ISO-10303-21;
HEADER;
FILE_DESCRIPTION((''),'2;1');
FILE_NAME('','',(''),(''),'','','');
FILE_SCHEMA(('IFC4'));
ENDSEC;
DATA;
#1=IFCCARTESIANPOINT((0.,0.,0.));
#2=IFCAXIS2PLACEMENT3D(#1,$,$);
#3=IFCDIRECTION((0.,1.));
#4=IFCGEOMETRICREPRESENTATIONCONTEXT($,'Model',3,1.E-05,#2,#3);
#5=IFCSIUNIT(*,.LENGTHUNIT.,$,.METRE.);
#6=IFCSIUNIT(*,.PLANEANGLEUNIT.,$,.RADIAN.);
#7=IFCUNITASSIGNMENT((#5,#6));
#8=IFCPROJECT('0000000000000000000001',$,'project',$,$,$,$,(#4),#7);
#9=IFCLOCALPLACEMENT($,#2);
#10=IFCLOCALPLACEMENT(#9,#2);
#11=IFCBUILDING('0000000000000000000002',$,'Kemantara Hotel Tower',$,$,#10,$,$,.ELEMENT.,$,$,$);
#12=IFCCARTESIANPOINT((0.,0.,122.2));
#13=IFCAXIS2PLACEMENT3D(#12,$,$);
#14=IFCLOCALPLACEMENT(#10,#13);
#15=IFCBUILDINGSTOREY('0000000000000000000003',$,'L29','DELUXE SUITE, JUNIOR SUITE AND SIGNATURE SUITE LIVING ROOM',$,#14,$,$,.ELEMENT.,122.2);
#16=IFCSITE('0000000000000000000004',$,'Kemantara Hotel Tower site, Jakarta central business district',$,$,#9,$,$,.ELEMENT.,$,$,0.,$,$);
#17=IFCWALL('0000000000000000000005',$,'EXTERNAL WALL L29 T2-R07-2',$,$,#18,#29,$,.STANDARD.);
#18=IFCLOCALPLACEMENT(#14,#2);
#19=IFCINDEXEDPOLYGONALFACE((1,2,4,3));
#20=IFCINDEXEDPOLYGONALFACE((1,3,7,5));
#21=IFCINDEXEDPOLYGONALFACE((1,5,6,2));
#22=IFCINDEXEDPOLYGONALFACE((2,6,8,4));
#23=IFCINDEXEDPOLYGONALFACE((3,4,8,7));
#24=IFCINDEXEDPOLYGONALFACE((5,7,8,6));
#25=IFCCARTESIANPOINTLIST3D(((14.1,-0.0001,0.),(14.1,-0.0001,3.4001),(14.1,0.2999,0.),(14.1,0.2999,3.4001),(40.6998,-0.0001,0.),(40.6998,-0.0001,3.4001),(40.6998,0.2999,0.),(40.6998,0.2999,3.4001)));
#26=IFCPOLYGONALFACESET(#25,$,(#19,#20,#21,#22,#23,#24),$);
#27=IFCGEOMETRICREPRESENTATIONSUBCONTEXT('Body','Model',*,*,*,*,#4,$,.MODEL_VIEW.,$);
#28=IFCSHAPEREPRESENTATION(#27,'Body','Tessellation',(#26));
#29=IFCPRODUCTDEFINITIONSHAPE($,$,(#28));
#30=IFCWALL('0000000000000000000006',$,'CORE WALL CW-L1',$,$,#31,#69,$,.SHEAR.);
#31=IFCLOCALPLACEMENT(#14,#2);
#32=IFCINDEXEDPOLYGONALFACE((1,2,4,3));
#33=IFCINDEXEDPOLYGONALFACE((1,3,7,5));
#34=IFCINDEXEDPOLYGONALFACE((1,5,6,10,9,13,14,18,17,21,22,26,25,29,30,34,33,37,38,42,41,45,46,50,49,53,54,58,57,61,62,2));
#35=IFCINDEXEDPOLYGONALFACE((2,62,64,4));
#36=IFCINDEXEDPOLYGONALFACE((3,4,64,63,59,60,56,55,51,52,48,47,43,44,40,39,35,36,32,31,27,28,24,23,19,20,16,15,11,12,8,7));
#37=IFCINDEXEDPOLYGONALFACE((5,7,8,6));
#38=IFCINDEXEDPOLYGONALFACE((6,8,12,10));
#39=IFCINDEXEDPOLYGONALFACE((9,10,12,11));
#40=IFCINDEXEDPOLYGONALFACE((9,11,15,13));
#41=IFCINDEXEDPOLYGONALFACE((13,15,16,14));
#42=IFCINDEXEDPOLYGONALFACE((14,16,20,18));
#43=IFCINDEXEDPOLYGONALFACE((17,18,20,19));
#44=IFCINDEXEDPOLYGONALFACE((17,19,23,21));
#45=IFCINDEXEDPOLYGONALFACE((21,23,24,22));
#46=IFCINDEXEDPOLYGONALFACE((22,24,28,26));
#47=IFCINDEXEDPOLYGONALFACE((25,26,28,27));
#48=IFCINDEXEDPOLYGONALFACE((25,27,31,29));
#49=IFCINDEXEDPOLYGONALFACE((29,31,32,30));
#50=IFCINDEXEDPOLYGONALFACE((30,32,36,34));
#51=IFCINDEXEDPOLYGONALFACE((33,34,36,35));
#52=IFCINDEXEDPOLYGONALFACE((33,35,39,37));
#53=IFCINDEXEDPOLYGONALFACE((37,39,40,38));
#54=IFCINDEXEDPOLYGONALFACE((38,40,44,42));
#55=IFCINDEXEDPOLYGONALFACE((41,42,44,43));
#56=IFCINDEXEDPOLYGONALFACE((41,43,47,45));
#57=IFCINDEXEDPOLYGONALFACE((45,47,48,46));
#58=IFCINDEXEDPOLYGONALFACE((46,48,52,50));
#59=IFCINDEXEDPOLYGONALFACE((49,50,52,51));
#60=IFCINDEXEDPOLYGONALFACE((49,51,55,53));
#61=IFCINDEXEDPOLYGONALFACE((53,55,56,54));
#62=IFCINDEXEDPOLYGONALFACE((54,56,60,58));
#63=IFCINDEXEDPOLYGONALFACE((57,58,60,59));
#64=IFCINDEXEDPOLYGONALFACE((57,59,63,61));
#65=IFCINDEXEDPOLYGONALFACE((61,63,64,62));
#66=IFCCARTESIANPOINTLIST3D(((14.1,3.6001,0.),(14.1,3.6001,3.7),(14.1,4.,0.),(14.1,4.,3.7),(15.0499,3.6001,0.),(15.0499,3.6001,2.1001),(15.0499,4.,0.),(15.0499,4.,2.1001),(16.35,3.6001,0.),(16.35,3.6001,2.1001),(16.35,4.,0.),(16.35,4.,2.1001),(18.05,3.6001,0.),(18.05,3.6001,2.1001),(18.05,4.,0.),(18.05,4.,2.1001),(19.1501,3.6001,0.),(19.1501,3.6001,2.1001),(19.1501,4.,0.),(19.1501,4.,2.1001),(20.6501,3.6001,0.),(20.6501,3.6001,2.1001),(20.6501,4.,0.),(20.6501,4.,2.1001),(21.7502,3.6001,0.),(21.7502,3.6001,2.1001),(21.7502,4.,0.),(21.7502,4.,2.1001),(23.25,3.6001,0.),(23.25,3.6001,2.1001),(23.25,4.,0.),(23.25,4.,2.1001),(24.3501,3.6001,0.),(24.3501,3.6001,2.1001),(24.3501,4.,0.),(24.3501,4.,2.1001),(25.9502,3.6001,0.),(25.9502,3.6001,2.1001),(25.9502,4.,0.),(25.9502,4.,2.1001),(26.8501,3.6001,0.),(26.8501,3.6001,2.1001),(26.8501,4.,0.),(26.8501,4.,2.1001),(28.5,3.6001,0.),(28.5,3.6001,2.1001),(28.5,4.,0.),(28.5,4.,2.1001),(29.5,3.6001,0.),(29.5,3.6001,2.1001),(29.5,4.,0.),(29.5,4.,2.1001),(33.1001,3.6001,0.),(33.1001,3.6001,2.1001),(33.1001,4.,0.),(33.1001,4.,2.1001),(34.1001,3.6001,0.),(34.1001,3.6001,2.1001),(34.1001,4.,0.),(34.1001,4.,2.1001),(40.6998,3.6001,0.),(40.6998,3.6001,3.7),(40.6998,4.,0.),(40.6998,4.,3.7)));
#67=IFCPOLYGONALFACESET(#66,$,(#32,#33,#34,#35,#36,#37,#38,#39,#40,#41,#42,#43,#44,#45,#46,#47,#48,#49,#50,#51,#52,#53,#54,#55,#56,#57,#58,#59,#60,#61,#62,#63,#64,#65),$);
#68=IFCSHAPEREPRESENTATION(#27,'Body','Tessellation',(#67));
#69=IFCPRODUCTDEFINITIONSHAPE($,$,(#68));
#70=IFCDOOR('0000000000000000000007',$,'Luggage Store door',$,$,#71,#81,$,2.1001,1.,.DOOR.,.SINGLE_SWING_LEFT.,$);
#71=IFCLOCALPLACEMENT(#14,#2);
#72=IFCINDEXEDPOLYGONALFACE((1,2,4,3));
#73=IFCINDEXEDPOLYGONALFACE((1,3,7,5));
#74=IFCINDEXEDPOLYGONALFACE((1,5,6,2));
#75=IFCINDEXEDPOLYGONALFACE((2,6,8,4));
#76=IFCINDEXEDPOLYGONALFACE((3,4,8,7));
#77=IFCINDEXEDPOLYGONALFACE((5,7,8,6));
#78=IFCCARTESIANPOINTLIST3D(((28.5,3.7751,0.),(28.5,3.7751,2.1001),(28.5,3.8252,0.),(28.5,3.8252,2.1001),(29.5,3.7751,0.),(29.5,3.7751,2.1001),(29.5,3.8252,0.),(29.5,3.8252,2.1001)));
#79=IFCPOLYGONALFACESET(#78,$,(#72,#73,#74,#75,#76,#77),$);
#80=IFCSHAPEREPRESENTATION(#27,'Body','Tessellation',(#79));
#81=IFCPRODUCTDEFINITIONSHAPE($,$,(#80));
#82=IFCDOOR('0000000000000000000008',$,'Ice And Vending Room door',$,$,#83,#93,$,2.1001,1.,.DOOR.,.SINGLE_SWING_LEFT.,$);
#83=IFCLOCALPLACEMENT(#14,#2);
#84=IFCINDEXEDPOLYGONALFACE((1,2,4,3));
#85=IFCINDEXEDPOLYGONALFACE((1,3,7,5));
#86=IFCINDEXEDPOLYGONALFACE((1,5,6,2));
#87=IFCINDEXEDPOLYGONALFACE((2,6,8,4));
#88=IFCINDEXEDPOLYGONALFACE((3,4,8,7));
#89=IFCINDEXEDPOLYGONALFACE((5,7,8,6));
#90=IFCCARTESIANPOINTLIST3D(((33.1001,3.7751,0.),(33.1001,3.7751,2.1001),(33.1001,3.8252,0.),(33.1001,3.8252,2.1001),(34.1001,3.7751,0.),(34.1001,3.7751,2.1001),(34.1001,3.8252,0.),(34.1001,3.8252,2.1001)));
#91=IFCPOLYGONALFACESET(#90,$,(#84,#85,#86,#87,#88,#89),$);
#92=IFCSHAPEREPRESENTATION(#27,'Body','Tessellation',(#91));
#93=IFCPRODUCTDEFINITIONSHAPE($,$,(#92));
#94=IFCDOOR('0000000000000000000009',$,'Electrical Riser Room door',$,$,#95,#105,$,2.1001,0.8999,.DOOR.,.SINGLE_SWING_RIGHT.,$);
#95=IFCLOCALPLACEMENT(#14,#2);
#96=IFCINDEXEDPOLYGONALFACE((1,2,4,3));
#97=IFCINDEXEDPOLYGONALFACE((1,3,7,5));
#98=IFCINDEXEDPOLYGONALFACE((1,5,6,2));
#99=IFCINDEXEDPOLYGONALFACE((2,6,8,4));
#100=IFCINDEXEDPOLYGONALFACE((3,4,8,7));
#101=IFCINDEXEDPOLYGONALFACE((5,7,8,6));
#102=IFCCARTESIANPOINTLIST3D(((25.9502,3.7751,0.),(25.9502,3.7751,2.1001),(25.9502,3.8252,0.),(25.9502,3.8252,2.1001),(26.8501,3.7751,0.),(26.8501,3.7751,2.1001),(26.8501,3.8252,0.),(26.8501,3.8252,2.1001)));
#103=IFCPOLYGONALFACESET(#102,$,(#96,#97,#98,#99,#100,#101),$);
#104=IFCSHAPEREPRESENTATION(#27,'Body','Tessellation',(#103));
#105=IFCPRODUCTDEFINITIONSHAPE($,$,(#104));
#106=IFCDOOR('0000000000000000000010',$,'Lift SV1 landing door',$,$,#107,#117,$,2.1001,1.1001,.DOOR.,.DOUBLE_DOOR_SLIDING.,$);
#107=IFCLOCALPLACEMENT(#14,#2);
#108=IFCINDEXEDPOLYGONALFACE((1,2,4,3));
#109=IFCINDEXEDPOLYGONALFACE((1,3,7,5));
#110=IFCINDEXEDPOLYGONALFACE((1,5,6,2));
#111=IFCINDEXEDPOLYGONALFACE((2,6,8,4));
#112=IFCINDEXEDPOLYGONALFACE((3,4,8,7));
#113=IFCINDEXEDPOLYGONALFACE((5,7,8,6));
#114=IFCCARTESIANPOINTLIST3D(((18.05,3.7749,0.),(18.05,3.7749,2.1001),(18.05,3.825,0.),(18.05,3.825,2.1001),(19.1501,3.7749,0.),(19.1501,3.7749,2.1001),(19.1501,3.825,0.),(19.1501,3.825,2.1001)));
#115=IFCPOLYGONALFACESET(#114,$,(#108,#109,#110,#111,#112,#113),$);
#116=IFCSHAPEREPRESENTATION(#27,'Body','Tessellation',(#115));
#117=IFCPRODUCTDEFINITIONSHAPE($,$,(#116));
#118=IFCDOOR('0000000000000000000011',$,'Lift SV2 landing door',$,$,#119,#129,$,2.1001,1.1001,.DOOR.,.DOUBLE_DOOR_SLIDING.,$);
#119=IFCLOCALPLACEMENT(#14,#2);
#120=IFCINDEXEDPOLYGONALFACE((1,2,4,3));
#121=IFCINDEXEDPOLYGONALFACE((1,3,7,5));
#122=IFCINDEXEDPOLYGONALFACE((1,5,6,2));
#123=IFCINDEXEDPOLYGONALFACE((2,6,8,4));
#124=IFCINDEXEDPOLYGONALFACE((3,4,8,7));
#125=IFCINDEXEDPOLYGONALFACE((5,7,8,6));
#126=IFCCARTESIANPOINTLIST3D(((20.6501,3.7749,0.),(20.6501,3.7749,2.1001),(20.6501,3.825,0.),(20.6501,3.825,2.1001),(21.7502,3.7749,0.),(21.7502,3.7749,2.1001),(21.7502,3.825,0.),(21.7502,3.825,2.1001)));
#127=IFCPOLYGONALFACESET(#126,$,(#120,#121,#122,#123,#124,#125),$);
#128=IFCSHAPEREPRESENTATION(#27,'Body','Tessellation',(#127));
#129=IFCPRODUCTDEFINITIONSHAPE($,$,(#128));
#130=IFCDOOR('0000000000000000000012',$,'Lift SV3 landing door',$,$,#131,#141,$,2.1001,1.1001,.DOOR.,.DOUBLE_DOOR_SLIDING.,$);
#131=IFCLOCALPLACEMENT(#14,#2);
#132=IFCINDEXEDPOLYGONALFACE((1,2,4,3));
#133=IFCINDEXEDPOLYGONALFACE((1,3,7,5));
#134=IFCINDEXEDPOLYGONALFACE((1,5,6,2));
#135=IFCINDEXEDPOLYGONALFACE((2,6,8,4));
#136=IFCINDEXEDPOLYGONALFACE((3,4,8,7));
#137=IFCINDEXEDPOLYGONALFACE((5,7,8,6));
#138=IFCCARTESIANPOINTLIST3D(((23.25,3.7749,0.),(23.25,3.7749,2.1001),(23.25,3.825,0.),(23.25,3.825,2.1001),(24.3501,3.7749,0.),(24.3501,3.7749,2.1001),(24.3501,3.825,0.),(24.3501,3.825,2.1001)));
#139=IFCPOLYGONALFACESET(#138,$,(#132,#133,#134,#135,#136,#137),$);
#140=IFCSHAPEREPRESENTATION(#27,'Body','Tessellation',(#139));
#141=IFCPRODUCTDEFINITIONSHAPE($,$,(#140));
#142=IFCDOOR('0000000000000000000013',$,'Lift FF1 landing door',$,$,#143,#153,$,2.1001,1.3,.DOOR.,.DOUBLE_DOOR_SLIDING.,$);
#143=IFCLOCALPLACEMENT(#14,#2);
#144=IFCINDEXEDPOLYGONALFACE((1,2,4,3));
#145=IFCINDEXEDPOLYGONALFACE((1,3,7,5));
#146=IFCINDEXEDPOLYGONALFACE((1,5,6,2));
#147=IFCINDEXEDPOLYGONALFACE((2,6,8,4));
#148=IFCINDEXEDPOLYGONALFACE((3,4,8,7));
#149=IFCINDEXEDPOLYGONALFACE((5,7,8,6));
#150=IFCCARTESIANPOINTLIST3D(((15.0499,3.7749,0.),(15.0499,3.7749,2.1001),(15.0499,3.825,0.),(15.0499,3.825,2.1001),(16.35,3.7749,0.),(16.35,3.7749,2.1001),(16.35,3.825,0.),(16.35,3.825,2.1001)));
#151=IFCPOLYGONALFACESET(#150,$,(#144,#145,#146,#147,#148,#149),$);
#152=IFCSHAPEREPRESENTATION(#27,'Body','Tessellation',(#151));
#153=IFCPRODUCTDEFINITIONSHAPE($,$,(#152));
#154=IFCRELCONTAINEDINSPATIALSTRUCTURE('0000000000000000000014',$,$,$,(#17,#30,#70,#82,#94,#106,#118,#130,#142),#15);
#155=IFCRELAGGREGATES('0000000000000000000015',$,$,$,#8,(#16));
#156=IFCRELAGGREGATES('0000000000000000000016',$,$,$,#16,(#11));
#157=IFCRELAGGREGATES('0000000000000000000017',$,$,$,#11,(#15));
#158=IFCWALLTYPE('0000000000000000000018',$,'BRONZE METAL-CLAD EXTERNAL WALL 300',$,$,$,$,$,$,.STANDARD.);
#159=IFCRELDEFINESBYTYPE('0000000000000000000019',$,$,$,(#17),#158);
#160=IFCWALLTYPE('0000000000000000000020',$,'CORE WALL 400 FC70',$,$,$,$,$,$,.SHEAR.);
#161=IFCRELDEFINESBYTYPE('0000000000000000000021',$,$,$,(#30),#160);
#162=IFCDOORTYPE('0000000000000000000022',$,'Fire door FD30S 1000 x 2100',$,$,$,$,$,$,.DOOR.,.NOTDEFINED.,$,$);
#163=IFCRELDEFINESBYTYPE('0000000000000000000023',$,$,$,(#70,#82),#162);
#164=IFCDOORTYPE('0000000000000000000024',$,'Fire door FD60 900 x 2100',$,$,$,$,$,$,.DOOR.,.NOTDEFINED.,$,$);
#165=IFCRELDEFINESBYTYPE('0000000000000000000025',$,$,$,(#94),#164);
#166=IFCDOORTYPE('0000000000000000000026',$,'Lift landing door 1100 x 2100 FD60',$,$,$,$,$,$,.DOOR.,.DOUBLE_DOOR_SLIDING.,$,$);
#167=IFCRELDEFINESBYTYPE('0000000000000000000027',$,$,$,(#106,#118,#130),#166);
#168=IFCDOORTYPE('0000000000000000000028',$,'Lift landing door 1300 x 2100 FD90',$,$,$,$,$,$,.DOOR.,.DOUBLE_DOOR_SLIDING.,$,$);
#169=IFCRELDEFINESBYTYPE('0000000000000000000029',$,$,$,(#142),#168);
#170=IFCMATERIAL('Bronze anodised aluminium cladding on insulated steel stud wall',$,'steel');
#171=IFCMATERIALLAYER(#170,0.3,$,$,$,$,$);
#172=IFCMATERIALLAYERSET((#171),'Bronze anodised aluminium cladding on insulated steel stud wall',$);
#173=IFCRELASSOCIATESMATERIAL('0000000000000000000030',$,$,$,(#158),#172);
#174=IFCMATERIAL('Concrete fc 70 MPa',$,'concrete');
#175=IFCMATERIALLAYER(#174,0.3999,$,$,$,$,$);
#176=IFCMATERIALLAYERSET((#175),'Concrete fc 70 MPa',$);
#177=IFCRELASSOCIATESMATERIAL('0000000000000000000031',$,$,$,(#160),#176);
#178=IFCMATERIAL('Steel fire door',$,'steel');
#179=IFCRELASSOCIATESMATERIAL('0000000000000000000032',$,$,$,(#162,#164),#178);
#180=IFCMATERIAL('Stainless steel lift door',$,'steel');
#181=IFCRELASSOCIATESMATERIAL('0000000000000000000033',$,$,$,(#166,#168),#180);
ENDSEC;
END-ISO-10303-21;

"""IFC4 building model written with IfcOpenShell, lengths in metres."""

from ifc_helpers import new_model, si_unit, direction, frame, frame_2d, origin, place, context, subcontext, project, spatial, rectangle, extrude, material, layer, layer_set, type_object, element, fill, save


model = new_model("IFC4")

# Units and contexts
model_context = context("Model", 3, precision=1e-05, world=origin(), true_north=direction((0.0, 1.0)))
body_context = subcontext(model_context, "Body", "Model", "MODEL_VIEW")
ifc_project = project(units=[si_unit("LENGTHUNIT", "METRE"), si_unit("PLANEANGLEUNIT", "RADIAN")], contexts=[model_context])

# Site, building, storey
site_placement = place(None, origin())
site = spatial("IfcSite", under=ifc_project, at=site_placement, Name="Kemantara Hotel Tower site, Jakarta central business district", CompositionType="ELEMENT", RefElevation=0.0)
building_placement = place(site_placement, origin())
building = spatial("IfcBuilding", under=site, at=building_placement, Name="Kemantara Hotel Tower", CompositionType="ELEMENT")
storey_placement = place(building_placement, frame((0.0, 0.0, 122.2)))
storey = spatial("IfcBuildingStorey", under=building, at=storey_placement, Name="L29", Description="DELUXE SUITE, JUNIOR SUITE AND SIGNATURE SUITE LIVING ROOM", CompositionType="ELEMENT", Elevation=122.2)

# Wall
ifc_material_1 = material(Name="Bronze anodised aluminium cladding on insulated steel stud wall", Category="steel")
ifc_layer_1 = layer(ifc_material_1, 0.3)
ifc_layer_set_1 = layer_set([ifc_layer_1], Name="Bronze anodised aluminium cladding on insulated steel stud wall")
wall_type_1 = type_object("IfcWallType", Name="BRONZE METAL-CLAD EXTERNAL WALL 300", PredefinedType="STANDARD", material=ifc_layer_set_1)
wall_1_placement = place(storey_placement, frame((14.1001, 0.1499, 0.0), z_axis=(0.0, 0.0, 1.0), x_axis=(1.0, 0.0, 0.0)))
element("IfcWall", 1, at=wall_1_placement, inside=storey, type_object=wall_type_1, Name="EXTERNAL WALL L29 T2-R07-2", PredefinedType="STANDARD", context=body_context, shape_type="SweptSolid", body=[
    extrude(rectangle(XDim=26.5999, YDim=0.3, at=frame_2d((13.2998, 0.0))), origin(), (0.0, 0.0, 1.0), 3.4001),
])

# Wall, openings, doors
ifc_material_2 = material(Name="Concrete fc 70 MPa", Category="concrete")
ifc_layer_2 = layer(ifc_material_2, 0.3999)
ifc_layer_set_2 = layer_set([ifc_layer_2], Name="Concrete fc 70 MPa")
wall_type_2 = type_object("IfcWallType", Name="CORE WALL 400 FC70", PredefinedType="SHEAR", material=ifc_layer_set_2)
wall_2_placement = place(storey_placement, frame((14.1001, 3.8, 0.0), z_axis=(0.0, 0.0, 1.0), x_axis=(1.0, 0.0, 0.0)))
wall_2 = element("IfcWall", 2, at=wall_2_placement, inside=storey, type_object=wall_type_2, Name="CORE WALL CW-L1", PredefinedType="SHEAR", context=body_context, shape_type="SweptSolid", body=[
    extrude(rectangle(XDim=26.5999, YDim=0.3999, at=frame_2d((13.2998, 0.0))), origin(), (0.0, 0.0, 1.0), 3.7),
])
opening_1_placement = place(wall_2_placement, frame((0.95, 0.0, 0.0)))
opening_1 = element("IfcOpeningElement", 3, at=opening_1_placement, cuts=wall_2, PredefinedType="OPENING", context=body_context, shape_type="SweptSolid", body=[
    extrude(rectangle(XDim=1.3, YDim=2.1001, at=frame_2d((0.6499, 1.05))), frame((0.0, 0.21, 0.0), z_axis=(0.0, -1.0, 0.0), x_axis=(1.0, 0.0, 0.0)), (0.0, 0.0, 1.0), 0.4199),
])
opening_2_placement = place(wall_2_placement, frame((3.95, 0.0, 0.0)))
opening_2 = element("IfcOpeningElement", 4, at=opening_2_placement, cuts=wall_2, PredefinedType="OPENING", context=body_context, shape_type="SweptSolid", body=[
    extrude(rectangle(XDim=1.1001, YDim=2.1001, at=frame_2d((0.55, 1.05))), frame((0.0, 0.21, 0.0), z_axis=(0.0, -1.0, 0.0), x_axis=(1.0, 0.0, 0.0)), (0.0, 0.0, 1.0), 0.4199),
])
opening_3_placement = place(wall_2_placement, frame((6.55, 0.0, 0.0)))
opening_3 = element("IfcOpeningElement", 5, at=opening_3_placement, cuts=wall_2, PredefinedType="OPENING", context=body_context, shape_type="SweptSolid", body=[
    extrude(rectangle(XDim=1.1001, YDim=2.1001, at=frame_2d((0.55, 1.05))), frame((0.0, 0.21, 0.0), z_axis=(0.0, -1.0, 0.0), x_axis=(1.0, 0.0, 0.0)), (0.0, 0.0, 1.0), 0.4199),
])
opening_4_placement = place(wall_2_placement, frame((9.1499, 0.0, 0.0)))
opening_4 = element("IfcOpeningElement", 6, at=opening_4_placement, cuts=wall_2, PredefinedType="OPENING", context=body_context, shape_type="SweptSolid", body=[
    extrude(rectangle(XDim=1.1001, YDim=2.1001, at=frame_2d((0.55, 1.05))), frame((0.0, 0.21, 0.0), z_axis=(0.0, -1.0, 0.0), x_axis=(1.0, 0.0, 0.0)), (0.0, 0.0, 1.0), 0.4199),
])
opening_5_placement = place(wall_2_placement, frame((11.8501, 0.0, 0.0)))
opening_5 = element("IfcOpeningElement", 7, at=opening_5_placement, cuts=wall_2, PredefinedType="OPENING", context=body_context, shape_type="SweptSolid", body=[
    extrude(rectangle(XDim=0.8999, YDim=2.1001, at=frame_2d((0.45, 1.05))), frame((0.0, 0.21, 0.0), z_axis=(0.0, -1.0, 0.0), x_axis=(1.0, 0.0, 0.0)), (0.0, 0.0, 1.0), 0.4199),
])
opening_6_placement = place(wall_2_placement, frame((14.3999, 0.0, 0.0)))
opening_6 = element("IfcOpeningElement", 8, at=opening_6_placement, cuts=wall_2, PredefinedType="OPENING", context=body_context, shape_type="SweptSolid", body=[
    extrude(rectangle(XDim=1.0, YDim=2.1001, at=frame_2d((0.5, 1.05))), frame((0.0, 0.21, 0.0), z_axis=(0.0, -1.0, 0.0), x_axis=(1.0, 0.0, 0.0)), (0.0, 0.0, 1.0), 0.4199),
])
opening_7_placement = place(wall_2_placement, frame((19.0, 0.0, 0.0)))
opening_7 = element("IfcOpeningElement", 9, at=opening_7_placement, cuts=wall_2, PredefinedType="OPENING", context=body_context, shape_type="SweptSolid", body=[
    extrude(rectangle(XDim=1.0, YDim=2.1001, at=frame_2d((0.5, 1.05))), frame((0.0, 0.21, 0.0), z_axis=(0.0, -1.0, 0.0), x_axis=(1.0, 0.0, 0.0)), (0.0, 0.0, 1.0), 0.4199),
])
ifc_material_3 = material(Name="Steel fire door", Category="steel")
door_type_1 = type_object("IfcDoorType", Name="Fire door FD30S 1000 x 2100", OperationType="NOTDEFINED", PredefinedType="DOOR", material=ifc_material_3)
door_1_placement = place(opening_6_placement, frame((1.0, 0.0, 0.0), z_axis=(0.0, 0.0, 1.0), x_axis=(-1.0, 0.0, 0.0)))
door_1 = element("IfcDoor", 10, at=door_1_placement, inside=storey, type_object=door_type_1, Name="Luggage Store door", OperationType="SINGLE_SWING_LEFT", OverallHeight=2.1001, OverallWidth=1.0, PredefinedType="DOOR", context=body_context, shape_type="SweptSolid", body=[
    extrude(rectangle(XDim=1.0, YDim=2.1001, at=frame_2d((0.5, 1.05))), frame((0.0, 0.0249, 0.0), z_axis=(0.0, -1.0, 0.0), x_axis=(1.0, 0.0, 0.0)), (0.0, 0.0, 1.0), 0.05),
])
fill(opening_6, door_1)
door_2_placement = place(opening_7_placement, frame((1.0, 0.0, 0.0), z_axis=(0.0, 0.0, 1.0), x_axis=(-1.0, 0.0, 0.0)))
door_2 = element("IfcDoor", 11, at=door_2_placement, inside=storey, type_object=door_type_1, Name="Ice And Vending Room door", OperationType="SINGLE_SWING_LEFT", OverallHeight=2.1001, OverallWidth=1.0, PredefinedType="DOOR", context=body_context, shape_type="SweptSolid", body=[
    extrude(rectangle(XDim=1.0, YDim=2.1001, at=frame_2d((0.5, 1.05))), frame((0.0, 0.0249, 0.0), z_axis=(0.0, -1.0, 0.0), x_axis=(1.0, 0.0, 0.0)), (0.0, 0.0, 1.0), 0.05),
])
fill(opening_7, door_2)
door_type_2 = type_object("IfcDoorType", Name="Fire door FD60 900 x 2100", OperationType="NOTDEFINED", PredefinedType="DOOR", material=ifc_material_3)
door_3_placement = place(opening_5_placement, frame((0.8999, 0.0, 0.0), z_axis=(0.0, 0.0, 1.0), x_axis=(-1.0, 0.0, 0.0)))
door_3 = element("IfcDoor", 12, at=door_3_placement, inside=storey, type_object=door_type_2, Name="Electrical Riser Room door", OperationType="SINGLE_SWING_RIGHT", OverallHeight=2.1001, OverallWidth=0.8999, PredefinedType="DOOR", context=body_context, shape_type="SweptSolid", body=[
    extrude(rectangle(XDim=0.8999, YDim=2.1001, at=frame_2d((0.45, 1.05))), frame((0.0, 0.0249, 0.0), z_axis=(0.0, -1.0, 0.0), x_axis=(1.0, 0.0, 0.0)), (0.0, 0.0, 1.0), 0.05),
])
fill(opening_5, door_3)
ifc_material_4 = material(Name="Stainless steel lift door", Category="steel")
door_type_3 = type_object("IfcDoorType", Name="Lift landing door 1100 x 2100 FD60", OperationType="DOUBLE_DOOR_SLIDING", PredefinedType="DOOR", material=ifc_material_4)
door_4_placement = place(opening_2_placement, origin())
door_4 = element("IfcDoor", 13, at=door_4_placement, inside=storey, type_object=door_type_3, Name="Lift SV1 landing door", OperationType="DOUBLE_DOOR_SLIDING", OverallHeight=2.1001, OverallWidth=1.1001, PredefinedType="DOOR", context=body_context, shape_type="SweptSolid", body=[
    extrude(rectangle(XDim=1.1001, YDim=2.1001, at=frame_2d((0.55, 1.05))), frame((0.0, 0.0249, 0.0), z_axis=(0.0, -1.0, 0.0), x_axis=(1.0, 0.0, 0.0)), (0.0, 0.0, 1.0), 0.05),
])
fill(opening_2, door_4)
door_5_placement = place(opening_3_placement, origin())
door_5 = element("IfcDoor", 14, at=door_5_placement, inside=storey, type_object=door_type_3, Name="Lift SV2 landing door", OperationType="DOUBLE_DOOR_SLIDING", OverallHeight=2.1001, OverallWidth=1.1001, PredefinedType="DOOR", context=body_context, shape_type="SweptSolid", body=[
    extrude(rectangle(XDim=1.1001, YDim=2.1001, at=frame_2d((0.55, 1.05))), frame((0.0, 0.0249, 0.0), z_axis=(0.0, -1.0, 0.0), x_axis=(1.0, 0.0, 0.0)), (0.0, 0.0, 1.0), 0.05),
])
fill(opening_3, door_5)
door_6_placement = place(opening_4_placement, origin())
door_6 = element("IfcDoor", 15, at=door_6_placement, inside=storey, type_object=door_type_3, Name="Lift SV3 landing door", OperationType="DOUBLE_DOOR_SLIDING", OverallHeight=2.1001, OverallWidth=1.1001, PredefinedType="DOOR", context=body_context, shape_type="SweptSolid", body=[
    extrude(rectangle(XDim=1.1001, YDim=2.1001, at=frame_2d((0.55, 1.05))), frame((0.0, 0.0249, 0.0), z_axis=(0.0, -1.0, 0.0), x_axis=(1.0, 0.0, 0.0)), (0.0, 0.0, 1.0), 0.05),
])
fill(opening_4, door_6)
door_type_4 = type_object("IfcDoorType", Name="Lift landing door 1300 x 2100 FD90", OperationType="DOUBLE_DOOR_SLIDING", PredefinedType="DOOR", material=ifc_material_4)
door_7_placement = place(opening_1_placement, origin())
door_7 = element("IfcDoor", 16, at=door_7_placement, inside=storey, type_object=door_type_4, Name="Lift FF1 landing door", OperationType="DOUBLE_DOOR_SLIDING", OverallHeight=2.1001, OverallWidth=1.3, PredefinedType="DOOR", context=body_context, shape_type="SweptSolid", body=[
    extrude(rectangle(XDim=1.3, YDim=2.1001, at=frame_2d((0.6499, 1.05))), frame((0.0, 0.0249, 0.0), z_axis=(0.0, -1.0, 0.0), x_axis=(1.0, 0.0, 0.0)), (0.0, 0.0, 1.0), 0.05),
])
fill(opening_1, door_7)

save(model, "model.ifc")
